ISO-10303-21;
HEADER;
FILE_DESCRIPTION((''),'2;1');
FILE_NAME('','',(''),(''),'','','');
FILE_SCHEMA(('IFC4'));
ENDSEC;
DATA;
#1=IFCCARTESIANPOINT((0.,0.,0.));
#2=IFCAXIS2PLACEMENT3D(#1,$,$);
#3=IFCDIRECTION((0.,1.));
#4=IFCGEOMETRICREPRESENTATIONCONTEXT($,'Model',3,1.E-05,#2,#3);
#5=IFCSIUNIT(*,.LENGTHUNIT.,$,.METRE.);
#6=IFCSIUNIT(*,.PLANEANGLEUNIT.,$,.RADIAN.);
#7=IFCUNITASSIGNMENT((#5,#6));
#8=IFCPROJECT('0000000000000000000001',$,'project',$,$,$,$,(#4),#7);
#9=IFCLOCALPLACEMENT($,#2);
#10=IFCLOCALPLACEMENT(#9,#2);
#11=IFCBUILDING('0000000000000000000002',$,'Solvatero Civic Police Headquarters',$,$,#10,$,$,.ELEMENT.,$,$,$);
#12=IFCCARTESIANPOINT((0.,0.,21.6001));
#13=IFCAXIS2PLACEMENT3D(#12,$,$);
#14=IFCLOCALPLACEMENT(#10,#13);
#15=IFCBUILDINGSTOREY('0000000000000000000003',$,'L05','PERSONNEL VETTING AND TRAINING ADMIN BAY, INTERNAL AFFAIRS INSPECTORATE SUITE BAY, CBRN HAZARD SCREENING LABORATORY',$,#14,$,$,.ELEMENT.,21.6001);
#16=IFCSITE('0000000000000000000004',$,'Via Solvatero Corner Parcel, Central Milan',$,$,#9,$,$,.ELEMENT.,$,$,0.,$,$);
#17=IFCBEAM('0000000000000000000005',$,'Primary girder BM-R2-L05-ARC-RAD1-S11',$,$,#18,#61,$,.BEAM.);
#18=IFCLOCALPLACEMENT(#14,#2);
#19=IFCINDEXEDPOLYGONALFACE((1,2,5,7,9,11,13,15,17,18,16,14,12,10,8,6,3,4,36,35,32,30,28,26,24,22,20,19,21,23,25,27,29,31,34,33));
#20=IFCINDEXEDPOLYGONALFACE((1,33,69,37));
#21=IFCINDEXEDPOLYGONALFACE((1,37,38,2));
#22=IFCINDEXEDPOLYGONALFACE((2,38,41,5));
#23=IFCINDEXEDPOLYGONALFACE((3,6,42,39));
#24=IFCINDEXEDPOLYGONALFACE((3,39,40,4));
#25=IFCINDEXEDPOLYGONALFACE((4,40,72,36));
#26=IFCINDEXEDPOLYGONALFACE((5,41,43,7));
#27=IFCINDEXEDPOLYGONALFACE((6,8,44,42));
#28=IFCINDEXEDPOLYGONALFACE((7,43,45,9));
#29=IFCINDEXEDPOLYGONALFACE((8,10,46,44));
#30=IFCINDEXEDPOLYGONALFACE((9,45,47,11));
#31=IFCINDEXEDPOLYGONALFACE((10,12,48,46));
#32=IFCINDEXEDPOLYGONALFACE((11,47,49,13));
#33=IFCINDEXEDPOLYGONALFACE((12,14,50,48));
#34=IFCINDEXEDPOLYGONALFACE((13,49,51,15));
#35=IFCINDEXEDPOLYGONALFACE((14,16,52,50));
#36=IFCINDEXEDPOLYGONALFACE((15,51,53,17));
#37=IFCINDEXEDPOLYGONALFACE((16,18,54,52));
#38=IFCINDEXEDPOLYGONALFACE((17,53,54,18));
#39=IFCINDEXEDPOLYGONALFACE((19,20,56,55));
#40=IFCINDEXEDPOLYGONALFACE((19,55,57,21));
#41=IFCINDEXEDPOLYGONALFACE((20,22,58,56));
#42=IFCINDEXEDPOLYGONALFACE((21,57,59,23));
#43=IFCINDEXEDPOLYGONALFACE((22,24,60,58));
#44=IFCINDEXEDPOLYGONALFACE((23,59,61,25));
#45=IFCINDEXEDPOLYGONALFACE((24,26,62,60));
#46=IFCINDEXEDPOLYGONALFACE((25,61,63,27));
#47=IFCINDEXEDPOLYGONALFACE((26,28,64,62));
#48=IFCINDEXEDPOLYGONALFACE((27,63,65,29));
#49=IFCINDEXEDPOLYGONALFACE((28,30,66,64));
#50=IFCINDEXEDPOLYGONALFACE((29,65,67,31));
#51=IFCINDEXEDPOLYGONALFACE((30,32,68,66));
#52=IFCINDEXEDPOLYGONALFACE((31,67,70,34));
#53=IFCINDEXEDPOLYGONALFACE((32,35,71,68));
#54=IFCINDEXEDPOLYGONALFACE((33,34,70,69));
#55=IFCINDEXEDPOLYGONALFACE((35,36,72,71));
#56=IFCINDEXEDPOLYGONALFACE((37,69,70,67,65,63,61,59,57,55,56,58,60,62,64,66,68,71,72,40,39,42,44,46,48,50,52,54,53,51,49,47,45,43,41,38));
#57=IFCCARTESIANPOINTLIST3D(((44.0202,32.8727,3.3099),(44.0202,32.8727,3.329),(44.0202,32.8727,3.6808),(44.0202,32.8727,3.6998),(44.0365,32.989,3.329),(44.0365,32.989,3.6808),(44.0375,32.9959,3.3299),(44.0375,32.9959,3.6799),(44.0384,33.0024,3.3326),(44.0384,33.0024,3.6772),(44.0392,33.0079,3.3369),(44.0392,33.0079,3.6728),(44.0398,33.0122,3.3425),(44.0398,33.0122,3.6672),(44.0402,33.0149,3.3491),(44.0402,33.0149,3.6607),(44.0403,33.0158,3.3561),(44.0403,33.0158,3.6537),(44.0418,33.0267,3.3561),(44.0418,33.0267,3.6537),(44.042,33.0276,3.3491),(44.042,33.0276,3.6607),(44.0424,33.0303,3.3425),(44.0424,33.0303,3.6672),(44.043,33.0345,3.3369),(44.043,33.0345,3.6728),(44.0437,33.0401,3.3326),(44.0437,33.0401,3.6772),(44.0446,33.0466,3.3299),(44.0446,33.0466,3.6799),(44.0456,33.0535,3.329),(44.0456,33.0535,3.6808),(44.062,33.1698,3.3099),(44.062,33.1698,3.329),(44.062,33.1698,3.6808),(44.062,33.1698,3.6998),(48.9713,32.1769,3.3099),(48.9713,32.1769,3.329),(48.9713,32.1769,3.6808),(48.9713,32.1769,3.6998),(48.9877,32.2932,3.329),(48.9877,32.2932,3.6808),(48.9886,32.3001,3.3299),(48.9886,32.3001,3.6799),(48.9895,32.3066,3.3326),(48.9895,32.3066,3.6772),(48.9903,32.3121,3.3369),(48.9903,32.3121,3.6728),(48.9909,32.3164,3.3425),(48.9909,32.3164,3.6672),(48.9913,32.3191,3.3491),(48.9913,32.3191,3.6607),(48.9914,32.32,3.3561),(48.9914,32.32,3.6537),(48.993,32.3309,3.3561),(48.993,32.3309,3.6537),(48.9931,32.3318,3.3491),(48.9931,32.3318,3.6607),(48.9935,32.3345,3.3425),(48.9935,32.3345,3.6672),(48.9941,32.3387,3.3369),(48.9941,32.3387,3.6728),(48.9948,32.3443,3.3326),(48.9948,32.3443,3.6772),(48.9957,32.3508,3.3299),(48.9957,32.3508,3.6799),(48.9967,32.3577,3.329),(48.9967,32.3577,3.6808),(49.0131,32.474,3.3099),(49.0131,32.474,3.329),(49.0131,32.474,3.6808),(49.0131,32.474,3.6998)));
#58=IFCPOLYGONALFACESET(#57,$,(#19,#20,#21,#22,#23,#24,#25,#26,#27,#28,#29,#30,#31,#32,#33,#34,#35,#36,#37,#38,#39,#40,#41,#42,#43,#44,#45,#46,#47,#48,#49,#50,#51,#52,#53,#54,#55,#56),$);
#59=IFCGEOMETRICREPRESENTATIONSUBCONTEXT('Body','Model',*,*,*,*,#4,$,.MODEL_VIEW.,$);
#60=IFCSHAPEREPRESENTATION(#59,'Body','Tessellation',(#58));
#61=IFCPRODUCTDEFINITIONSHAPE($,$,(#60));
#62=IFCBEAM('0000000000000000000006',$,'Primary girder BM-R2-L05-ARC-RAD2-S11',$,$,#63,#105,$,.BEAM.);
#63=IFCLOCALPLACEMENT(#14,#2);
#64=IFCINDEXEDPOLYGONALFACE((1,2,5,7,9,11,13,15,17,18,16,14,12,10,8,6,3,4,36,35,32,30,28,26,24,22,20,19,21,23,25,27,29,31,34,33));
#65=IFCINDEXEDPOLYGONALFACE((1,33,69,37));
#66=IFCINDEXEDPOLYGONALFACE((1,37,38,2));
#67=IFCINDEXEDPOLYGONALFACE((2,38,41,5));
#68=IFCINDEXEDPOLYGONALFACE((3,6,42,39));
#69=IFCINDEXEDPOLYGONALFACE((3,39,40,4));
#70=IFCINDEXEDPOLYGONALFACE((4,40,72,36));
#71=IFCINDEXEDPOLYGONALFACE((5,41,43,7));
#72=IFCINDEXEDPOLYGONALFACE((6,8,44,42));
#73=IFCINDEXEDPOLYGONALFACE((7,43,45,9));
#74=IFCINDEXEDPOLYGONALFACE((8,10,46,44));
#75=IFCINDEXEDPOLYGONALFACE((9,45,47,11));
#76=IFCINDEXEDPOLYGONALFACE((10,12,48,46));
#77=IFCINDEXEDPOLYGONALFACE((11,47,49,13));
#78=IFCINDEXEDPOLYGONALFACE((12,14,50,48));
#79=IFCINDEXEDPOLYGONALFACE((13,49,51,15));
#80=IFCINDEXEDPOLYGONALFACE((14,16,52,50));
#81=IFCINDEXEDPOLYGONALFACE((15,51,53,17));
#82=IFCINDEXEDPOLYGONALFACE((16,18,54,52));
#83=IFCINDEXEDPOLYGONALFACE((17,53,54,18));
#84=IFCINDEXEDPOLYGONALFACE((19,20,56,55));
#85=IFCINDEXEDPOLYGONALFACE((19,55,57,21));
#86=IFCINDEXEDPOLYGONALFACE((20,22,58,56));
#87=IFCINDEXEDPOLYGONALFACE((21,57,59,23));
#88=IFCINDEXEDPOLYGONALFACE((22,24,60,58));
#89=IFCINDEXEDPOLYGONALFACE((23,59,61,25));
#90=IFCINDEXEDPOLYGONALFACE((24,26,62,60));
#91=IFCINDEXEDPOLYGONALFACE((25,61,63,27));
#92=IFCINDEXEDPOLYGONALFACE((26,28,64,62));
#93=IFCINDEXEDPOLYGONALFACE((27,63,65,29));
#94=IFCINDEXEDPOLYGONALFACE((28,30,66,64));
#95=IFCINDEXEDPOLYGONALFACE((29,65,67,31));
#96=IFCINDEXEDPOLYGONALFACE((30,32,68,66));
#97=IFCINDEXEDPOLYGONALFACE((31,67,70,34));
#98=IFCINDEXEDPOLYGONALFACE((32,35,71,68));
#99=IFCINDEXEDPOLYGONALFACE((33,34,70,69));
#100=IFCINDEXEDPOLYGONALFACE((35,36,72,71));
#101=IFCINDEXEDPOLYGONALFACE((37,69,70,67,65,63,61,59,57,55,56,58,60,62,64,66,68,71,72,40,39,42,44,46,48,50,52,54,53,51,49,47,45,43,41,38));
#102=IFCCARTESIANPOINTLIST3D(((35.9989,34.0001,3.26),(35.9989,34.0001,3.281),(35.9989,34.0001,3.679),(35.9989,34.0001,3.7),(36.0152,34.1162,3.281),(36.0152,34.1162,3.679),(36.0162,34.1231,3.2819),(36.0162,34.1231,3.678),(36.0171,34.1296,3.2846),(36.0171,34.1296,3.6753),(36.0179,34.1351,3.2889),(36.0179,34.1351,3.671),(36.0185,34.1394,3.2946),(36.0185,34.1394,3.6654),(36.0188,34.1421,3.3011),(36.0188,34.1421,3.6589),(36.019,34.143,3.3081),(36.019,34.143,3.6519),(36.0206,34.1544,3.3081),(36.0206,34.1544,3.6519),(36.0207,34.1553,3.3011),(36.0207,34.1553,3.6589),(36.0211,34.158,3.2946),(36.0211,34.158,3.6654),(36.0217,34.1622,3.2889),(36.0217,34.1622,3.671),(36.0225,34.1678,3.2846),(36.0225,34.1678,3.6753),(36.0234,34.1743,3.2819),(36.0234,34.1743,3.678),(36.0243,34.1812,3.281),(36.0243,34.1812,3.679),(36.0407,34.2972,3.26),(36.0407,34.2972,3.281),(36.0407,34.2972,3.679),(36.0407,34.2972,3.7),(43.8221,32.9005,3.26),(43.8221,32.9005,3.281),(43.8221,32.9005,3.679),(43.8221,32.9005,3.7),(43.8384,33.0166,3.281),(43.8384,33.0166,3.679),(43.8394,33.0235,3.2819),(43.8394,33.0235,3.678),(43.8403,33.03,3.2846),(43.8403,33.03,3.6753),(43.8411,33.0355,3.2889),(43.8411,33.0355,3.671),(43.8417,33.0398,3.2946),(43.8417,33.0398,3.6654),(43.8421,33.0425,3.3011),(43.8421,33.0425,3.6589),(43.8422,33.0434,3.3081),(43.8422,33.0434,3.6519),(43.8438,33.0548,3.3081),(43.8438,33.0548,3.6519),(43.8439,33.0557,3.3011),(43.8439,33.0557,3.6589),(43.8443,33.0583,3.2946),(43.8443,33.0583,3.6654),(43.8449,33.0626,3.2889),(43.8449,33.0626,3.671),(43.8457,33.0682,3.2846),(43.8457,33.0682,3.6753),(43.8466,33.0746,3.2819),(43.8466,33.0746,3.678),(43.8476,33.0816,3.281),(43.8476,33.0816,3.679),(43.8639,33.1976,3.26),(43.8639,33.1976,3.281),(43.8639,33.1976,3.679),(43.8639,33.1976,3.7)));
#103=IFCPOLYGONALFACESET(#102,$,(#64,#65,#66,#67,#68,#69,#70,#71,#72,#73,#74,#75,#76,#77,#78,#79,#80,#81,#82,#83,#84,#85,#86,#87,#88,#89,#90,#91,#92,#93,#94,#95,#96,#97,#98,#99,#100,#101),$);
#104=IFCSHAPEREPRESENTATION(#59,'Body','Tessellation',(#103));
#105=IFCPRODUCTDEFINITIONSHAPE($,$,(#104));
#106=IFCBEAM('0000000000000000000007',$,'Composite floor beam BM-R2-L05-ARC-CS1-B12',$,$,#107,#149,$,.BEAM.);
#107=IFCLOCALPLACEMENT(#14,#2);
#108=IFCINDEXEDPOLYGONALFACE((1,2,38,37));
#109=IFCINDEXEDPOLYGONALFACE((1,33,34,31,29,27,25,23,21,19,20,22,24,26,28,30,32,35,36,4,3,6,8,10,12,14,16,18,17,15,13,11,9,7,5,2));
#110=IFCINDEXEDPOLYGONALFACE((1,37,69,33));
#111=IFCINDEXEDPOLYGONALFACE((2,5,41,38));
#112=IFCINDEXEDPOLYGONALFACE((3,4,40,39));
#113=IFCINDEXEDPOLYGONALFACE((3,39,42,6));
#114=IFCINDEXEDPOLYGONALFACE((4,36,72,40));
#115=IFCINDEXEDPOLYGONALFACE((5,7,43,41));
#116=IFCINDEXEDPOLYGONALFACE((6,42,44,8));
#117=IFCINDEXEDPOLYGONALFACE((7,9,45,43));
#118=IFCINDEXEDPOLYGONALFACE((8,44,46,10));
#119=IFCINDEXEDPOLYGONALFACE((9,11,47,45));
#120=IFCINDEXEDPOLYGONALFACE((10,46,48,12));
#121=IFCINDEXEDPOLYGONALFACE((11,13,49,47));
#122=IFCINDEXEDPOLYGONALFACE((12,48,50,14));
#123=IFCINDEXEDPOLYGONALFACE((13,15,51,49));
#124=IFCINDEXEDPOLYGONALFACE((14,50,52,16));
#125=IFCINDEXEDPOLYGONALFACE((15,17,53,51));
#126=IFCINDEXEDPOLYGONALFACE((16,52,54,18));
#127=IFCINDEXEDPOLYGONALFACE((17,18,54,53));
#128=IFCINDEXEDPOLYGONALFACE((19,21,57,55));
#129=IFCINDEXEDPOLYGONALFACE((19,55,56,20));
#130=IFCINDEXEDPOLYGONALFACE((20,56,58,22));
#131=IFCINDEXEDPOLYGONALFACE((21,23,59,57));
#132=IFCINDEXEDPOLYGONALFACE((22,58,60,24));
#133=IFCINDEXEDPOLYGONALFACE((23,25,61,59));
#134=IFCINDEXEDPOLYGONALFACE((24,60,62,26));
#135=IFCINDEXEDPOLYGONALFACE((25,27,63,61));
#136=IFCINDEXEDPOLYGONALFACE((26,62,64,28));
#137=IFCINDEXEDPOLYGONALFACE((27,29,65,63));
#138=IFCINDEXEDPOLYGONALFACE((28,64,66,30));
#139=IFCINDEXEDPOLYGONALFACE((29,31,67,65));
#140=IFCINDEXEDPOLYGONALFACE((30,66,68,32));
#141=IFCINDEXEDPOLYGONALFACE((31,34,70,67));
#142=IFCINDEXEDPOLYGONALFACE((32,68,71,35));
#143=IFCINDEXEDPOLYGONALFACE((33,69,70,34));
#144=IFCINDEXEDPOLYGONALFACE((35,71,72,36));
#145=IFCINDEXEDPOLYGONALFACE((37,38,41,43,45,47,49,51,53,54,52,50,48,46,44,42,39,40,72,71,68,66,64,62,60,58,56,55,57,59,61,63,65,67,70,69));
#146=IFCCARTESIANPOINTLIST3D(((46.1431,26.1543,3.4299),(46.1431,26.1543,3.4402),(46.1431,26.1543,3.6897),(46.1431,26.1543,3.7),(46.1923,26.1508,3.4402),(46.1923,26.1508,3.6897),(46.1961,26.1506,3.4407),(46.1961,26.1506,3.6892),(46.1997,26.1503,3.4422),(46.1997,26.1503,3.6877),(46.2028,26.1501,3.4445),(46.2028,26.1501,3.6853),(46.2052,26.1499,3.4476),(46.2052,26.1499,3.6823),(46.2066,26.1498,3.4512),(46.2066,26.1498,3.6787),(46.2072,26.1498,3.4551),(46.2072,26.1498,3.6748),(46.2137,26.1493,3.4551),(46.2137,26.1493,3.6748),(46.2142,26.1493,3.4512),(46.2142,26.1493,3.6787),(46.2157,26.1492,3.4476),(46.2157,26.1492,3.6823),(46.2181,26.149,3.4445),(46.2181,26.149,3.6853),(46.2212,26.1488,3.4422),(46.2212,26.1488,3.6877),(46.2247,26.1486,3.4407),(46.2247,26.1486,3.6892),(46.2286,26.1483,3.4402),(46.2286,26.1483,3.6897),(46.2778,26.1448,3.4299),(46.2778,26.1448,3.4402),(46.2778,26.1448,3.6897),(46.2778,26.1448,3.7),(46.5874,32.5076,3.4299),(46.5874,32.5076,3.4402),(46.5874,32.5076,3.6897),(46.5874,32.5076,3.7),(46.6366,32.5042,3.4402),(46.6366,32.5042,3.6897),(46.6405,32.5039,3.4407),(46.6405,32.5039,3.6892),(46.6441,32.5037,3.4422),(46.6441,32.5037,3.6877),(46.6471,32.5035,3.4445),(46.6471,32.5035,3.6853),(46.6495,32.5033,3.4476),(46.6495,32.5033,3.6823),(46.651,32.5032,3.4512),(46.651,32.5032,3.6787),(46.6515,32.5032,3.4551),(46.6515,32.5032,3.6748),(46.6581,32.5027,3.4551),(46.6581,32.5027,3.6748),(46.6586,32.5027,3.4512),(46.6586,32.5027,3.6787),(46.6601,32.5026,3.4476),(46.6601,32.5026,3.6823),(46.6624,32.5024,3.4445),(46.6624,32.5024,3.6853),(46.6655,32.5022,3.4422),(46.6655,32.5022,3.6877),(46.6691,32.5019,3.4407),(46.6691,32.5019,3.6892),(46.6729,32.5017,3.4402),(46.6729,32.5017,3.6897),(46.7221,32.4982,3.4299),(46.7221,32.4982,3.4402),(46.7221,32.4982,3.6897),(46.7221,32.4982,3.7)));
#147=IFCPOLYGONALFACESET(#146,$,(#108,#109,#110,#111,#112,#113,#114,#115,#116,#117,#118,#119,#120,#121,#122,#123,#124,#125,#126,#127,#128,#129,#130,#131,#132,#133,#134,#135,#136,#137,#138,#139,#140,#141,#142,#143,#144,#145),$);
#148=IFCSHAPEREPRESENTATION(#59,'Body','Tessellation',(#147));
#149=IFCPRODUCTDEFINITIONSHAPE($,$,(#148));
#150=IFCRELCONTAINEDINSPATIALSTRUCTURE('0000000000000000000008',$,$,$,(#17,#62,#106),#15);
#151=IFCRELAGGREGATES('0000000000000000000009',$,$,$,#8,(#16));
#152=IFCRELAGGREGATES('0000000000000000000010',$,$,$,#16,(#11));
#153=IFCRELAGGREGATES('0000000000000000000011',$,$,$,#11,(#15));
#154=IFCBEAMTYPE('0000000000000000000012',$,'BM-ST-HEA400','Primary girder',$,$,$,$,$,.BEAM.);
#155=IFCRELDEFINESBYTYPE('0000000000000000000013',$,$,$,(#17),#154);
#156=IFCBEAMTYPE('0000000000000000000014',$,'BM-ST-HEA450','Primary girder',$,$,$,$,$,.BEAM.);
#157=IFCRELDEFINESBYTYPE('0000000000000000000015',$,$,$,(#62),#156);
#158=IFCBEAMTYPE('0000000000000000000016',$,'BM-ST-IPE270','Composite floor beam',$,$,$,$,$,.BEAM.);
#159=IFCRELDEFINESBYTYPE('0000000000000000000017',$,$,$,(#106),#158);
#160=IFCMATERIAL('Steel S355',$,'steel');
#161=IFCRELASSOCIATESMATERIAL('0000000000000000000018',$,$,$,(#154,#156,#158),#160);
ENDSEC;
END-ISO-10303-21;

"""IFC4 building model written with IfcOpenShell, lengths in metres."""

from ifc_helpers import new_model, si_unit, direction, frame, origin, origin_2d, place, context, subcontext, project, spatial, i_section, extrude, material, material_profile, profile_set, type_object, element, save


model = new_model("IFC4")

# Units and contexts
model_context = context("Model", 3, precision=1e-05, world=origin(), true_north=direction((0.0, 1.0)))
body_context = subcontext(model_context, "Body", "Model", "MODEL_VIEW")
ifc_project = project(units=[si_unit("LENGTHUNIT", "METRE"), si_unit("PLANEANGLEUNIT", "RADIAN")], contexts=[model_context])

# Site, building, storey
site_placement = place(None, origin())
site = spatial("IfcSite", under=ifc_project, at=site_placement, Name="Via Solvatero Corner Parcel, Central Milan", CompositionType="ELEMENT", RefElevation=0.0)
building_placement = place(site_placement, origin())
building = spatial("IfcBuilding", under=site, at=building_placement, Name="Solvatero Civic Police Headquarters", CompositionType="ELEMENT")
storey_placement = place(building_placement, frame((0.0, 0.0, 21.6001)))
storey = spatial("IfcBuildingStorey", under=building, at=storey_placement, Name="L05", Description="PERSONNEL VETTING AND TRAINING ADMIN BAY, INTERNAL AFFAIRS INSPECTORATE SUITE BAY, CBRN HAZARD SCREENING LABORATORY", CompositionType="ELEMENT", Elevation=21.6001)

# Shared definitions
ifc_material_1 = material(Name="Steel S355", Category="steel")

# Beams
ifc_material_profile_1 = material_profile(ifc_material_1, i_section(OverallWidth=0.3, OverallDepth=0.3899, WebThickness=0.011, FlangeThickness=0.019, FilletRadius=0.0271, at=origin_2d()), Name="HEA 400")
ifc_profile_set_1 = profile_set([ifc_material_profile_1], Name="Steel S355")
beam_type_1 = type_object("IfcBeamType", Name="BM-ST-HEA400", Description="Primary girder", PredefinedType="BEAM", material=ifc_profile_set_1)
beam_1_placement = place(storey_placement, frame((48.9922, 32.3254, 3.5049), z_axis=(-0.990269, 0.139165, 0.0), x_axis=(-0.139165, -0.990269, 0.0)))
element("IfcBeam", 1, at=beam_1_placement, inside=storey, type_object=beam_type_1, Name="Primary girder BM-R2-L05-ARC-RAD1-S11", PredefinedType="BEAM", context=body_context, shape_type="SweptSolid", body=[
    extrude(i_section(OverallWidth=0.3, OverallDepth=0.3899, WebThickness=0.011, FlangeThickness=0.019, FilletRadius=0.0271, at=origin_2d()), origin(), (0.0, 0.0, 1.0), 4.9998),
])
ifc_material_profile_2 = material_profile(ifc_material_1, i_section(OverallWidth=0.3, OverallDepth=0.4399, WebThickness=0.0115, FlangeThickness=0.021, FilletRadius=0.0271, at=origin_2d()), Name="HEA 450")
ifc_profile_set_2 = profile_set([ifc_material_profile_2], Name="Steel S355")
beam_type_2 = type_object("IfcBeamType", Name="BM-ST-HEA450", Description="Primary girder", PredefinedType="BEAM", material=ifc_profile_set_2)
beam_2_placement = place(storey_placement, frame((43.843, 33.0491, 3.48), z_axis=(-0.990266, 0.139189, 0.0), x_axis=(-0.139189, -0.990266, 0.0)))
element("IfcBeam", 2, at=beam_2_placement, inside=storey, type_object=beam_type_2, Name="Primary girder BM-R2-L05-ARC-RAD2-S11", PredefinedType="BEAM", context=body_context, shape_type="SweptSolid", body=[
    extrude(i_section(OverallWidth=0.3, OverallDepth=0.4399, WebThickness=0.0115, FlangeThickness=0.021, FilletRadius=0.0271, at=origin_2d()), origin(), (0.0, 0.0, 1.0), 7.9001),
])
ifc_material_profile_3 = material_profile(ifc_material_1, i_section(OverallWidth=0.135, OverallDepth=0.27, WebThickness=0.0066, FlangeThickness=0.0103, FilletRadius=0.0149, at=origin_2d()), Name="IPE 270")
ifc_profile_set_3 = profile_set([ifc_material_profile_3], Name="Steel S355")
beam_type_3 = type_object("IfcBeamType", Name="BM-ST-IPE270", Description="Composite floor beam", PredefinedType="BEAM", material=ifc_profile_set_3)
beam_3_placement = place(storey_placement, frame((46.6548, 32.5029, 3.5649), z_axis=(-0.069768, -0.997563, 0.0), x_axis=(0.997563, -0.069768, 0.0)))
element("IfcBeam", 3, at=beam_3_placement, inside=storey, type_object=beam_type_3, Name="Composite floor beam BM-R2-L05-ARC-CS1-B12", PredefinedType="BEAM", context=body_context, shape_type="SweptSolid", body=[
    extrude(i_section(OverallWidth=0.135, OverallDepth=0.27, WebThickness=0.0066, FlangeThickness=0.0103, FilletRadius=0.0149, at=origin_2d()), origin(), (0.0, 0.0, 1.0), 6.3689),
])

save(model, "model.ifc")
